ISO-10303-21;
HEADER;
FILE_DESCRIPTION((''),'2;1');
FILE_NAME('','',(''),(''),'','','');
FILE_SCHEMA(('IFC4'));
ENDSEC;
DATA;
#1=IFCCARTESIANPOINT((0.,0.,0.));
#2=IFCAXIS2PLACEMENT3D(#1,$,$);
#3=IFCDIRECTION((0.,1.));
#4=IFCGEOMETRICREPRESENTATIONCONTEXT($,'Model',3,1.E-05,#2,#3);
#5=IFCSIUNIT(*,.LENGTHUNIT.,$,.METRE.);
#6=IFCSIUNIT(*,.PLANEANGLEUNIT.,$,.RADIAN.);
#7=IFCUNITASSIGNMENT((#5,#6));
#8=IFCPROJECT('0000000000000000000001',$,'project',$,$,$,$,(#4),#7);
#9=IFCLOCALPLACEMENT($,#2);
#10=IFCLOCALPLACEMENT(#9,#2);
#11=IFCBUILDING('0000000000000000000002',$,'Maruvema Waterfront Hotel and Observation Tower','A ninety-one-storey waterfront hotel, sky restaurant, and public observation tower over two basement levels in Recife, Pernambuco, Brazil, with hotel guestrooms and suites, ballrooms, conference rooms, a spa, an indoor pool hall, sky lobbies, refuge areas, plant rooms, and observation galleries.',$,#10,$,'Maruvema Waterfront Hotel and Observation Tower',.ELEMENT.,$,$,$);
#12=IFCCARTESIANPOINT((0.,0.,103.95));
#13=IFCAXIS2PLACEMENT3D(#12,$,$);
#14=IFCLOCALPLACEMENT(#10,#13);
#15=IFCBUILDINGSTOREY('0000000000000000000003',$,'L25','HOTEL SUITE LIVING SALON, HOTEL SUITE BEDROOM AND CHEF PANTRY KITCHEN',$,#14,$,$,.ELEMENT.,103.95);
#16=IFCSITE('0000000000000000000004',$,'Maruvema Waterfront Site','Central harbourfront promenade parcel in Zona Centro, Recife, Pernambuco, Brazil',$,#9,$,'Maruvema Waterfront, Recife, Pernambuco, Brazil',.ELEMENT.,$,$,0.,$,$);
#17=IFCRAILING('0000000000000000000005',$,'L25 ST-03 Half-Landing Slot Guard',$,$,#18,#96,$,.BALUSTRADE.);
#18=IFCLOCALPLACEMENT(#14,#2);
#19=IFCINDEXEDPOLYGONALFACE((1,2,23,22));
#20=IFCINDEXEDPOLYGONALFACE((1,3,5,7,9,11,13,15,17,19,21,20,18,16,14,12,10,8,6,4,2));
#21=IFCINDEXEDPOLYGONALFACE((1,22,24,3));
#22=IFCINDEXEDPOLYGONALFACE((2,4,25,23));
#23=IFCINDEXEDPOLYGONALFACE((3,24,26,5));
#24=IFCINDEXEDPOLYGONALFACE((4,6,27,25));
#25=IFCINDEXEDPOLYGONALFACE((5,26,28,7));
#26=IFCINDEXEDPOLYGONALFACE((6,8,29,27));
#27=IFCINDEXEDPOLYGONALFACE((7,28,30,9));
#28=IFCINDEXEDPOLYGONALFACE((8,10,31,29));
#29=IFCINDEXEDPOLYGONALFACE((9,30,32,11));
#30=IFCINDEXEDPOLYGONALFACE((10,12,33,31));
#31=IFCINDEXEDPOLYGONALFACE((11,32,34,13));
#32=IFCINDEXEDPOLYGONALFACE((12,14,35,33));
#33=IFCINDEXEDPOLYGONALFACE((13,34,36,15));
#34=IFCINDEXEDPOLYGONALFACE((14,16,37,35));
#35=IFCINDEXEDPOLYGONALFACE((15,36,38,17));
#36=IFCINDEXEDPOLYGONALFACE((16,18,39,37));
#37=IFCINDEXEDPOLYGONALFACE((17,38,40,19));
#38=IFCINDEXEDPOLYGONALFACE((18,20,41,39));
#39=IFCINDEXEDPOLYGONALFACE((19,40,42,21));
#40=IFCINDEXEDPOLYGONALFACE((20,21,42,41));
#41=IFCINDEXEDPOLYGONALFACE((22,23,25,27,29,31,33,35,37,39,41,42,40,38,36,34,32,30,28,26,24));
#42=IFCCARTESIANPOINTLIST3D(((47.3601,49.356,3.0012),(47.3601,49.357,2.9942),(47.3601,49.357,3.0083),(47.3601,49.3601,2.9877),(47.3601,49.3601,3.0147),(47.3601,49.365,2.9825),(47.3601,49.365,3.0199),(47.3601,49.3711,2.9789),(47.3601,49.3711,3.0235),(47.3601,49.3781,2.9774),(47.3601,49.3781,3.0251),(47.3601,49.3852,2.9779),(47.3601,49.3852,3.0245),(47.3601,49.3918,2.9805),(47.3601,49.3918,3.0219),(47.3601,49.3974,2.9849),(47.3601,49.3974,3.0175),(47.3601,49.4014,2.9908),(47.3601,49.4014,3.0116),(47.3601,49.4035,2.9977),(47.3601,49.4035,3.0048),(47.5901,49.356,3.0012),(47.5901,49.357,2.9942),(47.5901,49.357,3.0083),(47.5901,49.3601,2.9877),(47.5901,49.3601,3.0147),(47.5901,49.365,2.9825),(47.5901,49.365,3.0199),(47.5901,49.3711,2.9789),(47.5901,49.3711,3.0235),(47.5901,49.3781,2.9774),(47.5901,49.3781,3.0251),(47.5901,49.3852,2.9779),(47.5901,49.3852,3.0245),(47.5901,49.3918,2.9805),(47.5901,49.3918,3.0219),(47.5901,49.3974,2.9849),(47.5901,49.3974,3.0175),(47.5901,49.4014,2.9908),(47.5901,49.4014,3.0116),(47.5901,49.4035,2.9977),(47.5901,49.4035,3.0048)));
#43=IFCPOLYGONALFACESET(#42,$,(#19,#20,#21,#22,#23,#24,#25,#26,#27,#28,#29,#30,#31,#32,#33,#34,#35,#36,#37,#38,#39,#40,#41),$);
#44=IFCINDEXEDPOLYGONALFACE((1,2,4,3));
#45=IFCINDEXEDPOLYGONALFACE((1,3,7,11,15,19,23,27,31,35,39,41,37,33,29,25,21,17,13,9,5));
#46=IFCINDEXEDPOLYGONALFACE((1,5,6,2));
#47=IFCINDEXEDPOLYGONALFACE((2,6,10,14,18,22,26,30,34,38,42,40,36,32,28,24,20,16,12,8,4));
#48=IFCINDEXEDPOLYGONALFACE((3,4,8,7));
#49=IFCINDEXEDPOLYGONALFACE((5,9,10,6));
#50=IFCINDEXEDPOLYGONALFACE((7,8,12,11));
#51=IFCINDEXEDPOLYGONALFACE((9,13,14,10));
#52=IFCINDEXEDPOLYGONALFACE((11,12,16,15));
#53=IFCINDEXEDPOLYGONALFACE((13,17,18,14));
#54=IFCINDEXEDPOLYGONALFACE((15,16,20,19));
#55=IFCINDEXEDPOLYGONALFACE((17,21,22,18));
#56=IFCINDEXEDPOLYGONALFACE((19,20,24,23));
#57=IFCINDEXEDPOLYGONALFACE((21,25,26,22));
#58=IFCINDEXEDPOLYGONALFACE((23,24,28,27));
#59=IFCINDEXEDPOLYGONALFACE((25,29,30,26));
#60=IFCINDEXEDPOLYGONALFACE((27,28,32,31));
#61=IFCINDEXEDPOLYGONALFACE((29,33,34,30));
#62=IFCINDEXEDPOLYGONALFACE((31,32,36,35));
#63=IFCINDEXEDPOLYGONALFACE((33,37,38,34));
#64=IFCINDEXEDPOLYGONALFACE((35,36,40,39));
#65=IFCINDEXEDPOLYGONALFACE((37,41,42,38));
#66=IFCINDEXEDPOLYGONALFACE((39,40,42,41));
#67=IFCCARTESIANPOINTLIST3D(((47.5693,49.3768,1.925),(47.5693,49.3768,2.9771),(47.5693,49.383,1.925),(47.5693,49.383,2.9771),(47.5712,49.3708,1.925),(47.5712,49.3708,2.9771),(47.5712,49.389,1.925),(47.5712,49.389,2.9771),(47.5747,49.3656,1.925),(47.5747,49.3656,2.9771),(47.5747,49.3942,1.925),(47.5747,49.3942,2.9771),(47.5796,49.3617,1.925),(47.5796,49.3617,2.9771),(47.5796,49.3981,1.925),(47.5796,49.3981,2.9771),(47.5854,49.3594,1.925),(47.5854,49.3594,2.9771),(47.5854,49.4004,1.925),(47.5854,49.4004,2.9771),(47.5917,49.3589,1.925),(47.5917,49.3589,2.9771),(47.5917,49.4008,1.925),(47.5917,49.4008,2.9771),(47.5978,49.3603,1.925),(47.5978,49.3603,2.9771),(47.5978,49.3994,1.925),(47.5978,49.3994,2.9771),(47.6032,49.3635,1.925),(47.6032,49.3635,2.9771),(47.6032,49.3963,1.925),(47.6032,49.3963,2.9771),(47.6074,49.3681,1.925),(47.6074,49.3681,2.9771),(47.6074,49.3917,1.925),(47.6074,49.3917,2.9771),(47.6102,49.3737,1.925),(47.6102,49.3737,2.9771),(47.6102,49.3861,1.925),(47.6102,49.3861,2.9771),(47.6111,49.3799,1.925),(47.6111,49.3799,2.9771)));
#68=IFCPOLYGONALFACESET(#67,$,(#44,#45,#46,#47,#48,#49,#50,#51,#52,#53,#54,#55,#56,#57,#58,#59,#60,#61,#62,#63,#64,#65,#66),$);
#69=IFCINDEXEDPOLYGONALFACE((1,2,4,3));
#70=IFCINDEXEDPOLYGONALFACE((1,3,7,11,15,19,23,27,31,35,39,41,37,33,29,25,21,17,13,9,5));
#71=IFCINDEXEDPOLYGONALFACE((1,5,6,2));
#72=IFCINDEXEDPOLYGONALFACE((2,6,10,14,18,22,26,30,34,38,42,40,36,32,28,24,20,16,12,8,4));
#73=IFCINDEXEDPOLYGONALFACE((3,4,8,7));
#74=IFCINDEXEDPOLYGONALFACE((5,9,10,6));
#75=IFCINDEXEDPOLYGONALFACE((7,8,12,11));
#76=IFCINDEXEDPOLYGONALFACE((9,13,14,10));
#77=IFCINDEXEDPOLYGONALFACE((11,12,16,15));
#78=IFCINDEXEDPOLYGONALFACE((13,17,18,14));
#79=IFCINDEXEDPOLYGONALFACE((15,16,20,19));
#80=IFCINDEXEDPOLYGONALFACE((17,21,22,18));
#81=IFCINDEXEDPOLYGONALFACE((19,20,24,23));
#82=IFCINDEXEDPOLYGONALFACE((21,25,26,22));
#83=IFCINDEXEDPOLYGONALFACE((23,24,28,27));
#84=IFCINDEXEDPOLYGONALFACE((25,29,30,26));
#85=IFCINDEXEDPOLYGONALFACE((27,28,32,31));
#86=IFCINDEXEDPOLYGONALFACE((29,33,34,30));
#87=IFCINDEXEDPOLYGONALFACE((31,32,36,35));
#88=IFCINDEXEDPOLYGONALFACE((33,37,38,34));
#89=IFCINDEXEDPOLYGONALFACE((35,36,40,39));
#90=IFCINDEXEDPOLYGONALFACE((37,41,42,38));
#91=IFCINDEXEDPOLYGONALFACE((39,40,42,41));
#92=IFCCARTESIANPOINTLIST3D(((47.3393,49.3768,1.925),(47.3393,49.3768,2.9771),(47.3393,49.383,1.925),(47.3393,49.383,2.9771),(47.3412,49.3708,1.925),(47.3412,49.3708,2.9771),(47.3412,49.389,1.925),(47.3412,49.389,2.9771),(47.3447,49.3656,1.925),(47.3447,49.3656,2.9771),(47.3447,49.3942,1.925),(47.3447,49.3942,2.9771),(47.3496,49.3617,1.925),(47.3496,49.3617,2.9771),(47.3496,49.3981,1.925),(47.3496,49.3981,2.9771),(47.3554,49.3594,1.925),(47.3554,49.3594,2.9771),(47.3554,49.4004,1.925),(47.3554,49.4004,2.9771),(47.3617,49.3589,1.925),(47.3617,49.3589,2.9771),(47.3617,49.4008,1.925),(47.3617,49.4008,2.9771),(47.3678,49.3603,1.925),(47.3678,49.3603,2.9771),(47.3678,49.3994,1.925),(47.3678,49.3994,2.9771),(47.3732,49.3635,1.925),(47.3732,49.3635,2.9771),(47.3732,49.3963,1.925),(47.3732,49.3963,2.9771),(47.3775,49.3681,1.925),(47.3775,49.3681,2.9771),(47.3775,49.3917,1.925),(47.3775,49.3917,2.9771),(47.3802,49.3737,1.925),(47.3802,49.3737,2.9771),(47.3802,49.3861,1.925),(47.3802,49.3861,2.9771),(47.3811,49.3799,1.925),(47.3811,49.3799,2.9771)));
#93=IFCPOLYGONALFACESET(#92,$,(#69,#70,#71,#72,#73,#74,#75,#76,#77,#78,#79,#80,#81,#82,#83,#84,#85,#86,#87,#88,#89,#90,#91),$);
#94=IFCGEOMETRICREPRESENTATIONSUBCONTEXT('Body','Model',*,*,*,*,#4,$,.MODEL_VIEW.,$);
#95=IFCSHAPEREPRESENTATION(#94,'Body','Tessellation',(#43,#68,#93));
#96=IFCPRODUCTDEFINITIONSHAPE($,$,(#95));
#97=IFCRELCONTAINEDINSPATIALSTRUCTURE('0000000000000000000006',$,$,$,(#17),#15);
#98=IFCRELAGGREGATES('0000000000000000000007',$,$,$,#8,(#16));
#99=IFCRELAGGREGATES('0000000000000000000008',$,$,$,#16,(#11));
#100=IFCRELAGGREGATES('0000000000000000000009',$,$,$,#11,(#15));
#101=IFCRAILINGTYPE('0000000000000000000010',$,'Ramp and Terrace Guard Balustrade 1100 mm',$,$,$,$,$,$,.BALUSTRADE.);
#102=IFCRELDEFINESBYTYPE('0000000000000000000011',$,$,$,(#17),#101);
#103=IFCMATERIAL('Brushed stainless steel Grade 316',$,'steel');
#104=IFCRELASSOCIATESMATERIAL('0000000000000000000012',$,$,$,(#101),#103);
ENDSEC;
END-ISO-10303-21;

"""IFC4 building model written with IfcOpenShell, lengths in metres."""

from ifc_helpers import new_model, si_unit, direction, frame, origin, origin_2d, place, context, subcontext, project, spatial, circle, extrude, material, type_object, element, save


model = new_model("IFC4")

# Units and contexts
model_context = context("Model", 3, precision=1e-05, world=origin(), true_north=direction((0.0, 1.0)))
body_context = subcontext(model_context, "Body", "Model", "MODEL_VIEW")
ifc_project = project(units=[si_unit("LENGTHUNIT", "METRE"), si_unit("PLANEANGLEUNIT", "RADIAN")], contexts=[model_context])

# Site, building, storey
site_placement = place(None, origin())
site = spatial("IfcSite", under=ifc_project, at=site_placement, Name="Maruvema Waterfront Site", Description="Central harbourfront promenade parcel in Zona Centro, Recife, Pernambuco, Brazil", LongName="Maruvema Waterfront, Recife, Pernambuco, Brazil", CompositionType="ELEMENT", RefElevation=0.0)
building_placement = place(site_placement, origin())
building = spatial("IfcBuilding", under=site, at=building_placement, Name="Maruvema Waterfront Hotel and Observation Tower", Description="A ninety-one-storey waterfront hotel, sky restaurant, and public observation tower over two basement levels in Recife, Pernambuco, Brazil, with hotel guestrooms and suites, ballrooms, conference rooms, a spa, an indoor pool hall, sky lobbies, refuge areas, plant rooms, and observation galleries.", LongName="Maruvema Waterfront Hotel and Observation Tower", CompositionType="ELEMENT")
storey_placement = place(building_placement, frame((0.0, 0.0, 103.95)))
storey = spatial("IfcBuildingStorey", under=building, at=storey_placement, Name="L25", Description="HOTEL SUITE LIVING SALON, HOTEL SUITE BEDROOM AND CHEF PANTRY KITCHEN", CompositionType="ELEMENT", Elevation=103.95)

# Railing
ifc_material_1 = material(Name="Brushed stainless steel Grade 316", Category="steel")
railing_type_1 = type_object("IfcRailingType", Name="Ramp and Terrace Guard Balustrade 1100 mm", PredefinedType="BALUSTRADE", material=ifc_material_1)
railing_1_placement = place(storey_placement, frame((47.5901, 49.3799, 1.925)))
element("IfcRailing", 1, at=railing_1_placement, inside=storey, type_object=railing_type_1, Name="L25 ST-03 Half-Landing Slot Guard", PredefinedType="BALUSTRADE", context=body_context, shape_type="SweptSolid", body=[
    extrude(circle(Radius=0.0239, at=origin_2d()), frame((0.0, 0.0, 1.0762), z_axis=(-1.0, 0.0, 0.0), x_axis=(0.0, -1.0, 0.0)), (0.0, 0.0, 1.0), 0.23),
    extrude(circle(Radius=0.021, at=origin_2d()), origin(), (0.0, 0.0, 1.0), 1.052),
    extrude(circle(Radius=0.021, at=origin_2d()), frame((-0.23, 0.0, 0.0)), (0.0, 0.0, 1.0), 1.052),
])

save(model, "model.ifc")
